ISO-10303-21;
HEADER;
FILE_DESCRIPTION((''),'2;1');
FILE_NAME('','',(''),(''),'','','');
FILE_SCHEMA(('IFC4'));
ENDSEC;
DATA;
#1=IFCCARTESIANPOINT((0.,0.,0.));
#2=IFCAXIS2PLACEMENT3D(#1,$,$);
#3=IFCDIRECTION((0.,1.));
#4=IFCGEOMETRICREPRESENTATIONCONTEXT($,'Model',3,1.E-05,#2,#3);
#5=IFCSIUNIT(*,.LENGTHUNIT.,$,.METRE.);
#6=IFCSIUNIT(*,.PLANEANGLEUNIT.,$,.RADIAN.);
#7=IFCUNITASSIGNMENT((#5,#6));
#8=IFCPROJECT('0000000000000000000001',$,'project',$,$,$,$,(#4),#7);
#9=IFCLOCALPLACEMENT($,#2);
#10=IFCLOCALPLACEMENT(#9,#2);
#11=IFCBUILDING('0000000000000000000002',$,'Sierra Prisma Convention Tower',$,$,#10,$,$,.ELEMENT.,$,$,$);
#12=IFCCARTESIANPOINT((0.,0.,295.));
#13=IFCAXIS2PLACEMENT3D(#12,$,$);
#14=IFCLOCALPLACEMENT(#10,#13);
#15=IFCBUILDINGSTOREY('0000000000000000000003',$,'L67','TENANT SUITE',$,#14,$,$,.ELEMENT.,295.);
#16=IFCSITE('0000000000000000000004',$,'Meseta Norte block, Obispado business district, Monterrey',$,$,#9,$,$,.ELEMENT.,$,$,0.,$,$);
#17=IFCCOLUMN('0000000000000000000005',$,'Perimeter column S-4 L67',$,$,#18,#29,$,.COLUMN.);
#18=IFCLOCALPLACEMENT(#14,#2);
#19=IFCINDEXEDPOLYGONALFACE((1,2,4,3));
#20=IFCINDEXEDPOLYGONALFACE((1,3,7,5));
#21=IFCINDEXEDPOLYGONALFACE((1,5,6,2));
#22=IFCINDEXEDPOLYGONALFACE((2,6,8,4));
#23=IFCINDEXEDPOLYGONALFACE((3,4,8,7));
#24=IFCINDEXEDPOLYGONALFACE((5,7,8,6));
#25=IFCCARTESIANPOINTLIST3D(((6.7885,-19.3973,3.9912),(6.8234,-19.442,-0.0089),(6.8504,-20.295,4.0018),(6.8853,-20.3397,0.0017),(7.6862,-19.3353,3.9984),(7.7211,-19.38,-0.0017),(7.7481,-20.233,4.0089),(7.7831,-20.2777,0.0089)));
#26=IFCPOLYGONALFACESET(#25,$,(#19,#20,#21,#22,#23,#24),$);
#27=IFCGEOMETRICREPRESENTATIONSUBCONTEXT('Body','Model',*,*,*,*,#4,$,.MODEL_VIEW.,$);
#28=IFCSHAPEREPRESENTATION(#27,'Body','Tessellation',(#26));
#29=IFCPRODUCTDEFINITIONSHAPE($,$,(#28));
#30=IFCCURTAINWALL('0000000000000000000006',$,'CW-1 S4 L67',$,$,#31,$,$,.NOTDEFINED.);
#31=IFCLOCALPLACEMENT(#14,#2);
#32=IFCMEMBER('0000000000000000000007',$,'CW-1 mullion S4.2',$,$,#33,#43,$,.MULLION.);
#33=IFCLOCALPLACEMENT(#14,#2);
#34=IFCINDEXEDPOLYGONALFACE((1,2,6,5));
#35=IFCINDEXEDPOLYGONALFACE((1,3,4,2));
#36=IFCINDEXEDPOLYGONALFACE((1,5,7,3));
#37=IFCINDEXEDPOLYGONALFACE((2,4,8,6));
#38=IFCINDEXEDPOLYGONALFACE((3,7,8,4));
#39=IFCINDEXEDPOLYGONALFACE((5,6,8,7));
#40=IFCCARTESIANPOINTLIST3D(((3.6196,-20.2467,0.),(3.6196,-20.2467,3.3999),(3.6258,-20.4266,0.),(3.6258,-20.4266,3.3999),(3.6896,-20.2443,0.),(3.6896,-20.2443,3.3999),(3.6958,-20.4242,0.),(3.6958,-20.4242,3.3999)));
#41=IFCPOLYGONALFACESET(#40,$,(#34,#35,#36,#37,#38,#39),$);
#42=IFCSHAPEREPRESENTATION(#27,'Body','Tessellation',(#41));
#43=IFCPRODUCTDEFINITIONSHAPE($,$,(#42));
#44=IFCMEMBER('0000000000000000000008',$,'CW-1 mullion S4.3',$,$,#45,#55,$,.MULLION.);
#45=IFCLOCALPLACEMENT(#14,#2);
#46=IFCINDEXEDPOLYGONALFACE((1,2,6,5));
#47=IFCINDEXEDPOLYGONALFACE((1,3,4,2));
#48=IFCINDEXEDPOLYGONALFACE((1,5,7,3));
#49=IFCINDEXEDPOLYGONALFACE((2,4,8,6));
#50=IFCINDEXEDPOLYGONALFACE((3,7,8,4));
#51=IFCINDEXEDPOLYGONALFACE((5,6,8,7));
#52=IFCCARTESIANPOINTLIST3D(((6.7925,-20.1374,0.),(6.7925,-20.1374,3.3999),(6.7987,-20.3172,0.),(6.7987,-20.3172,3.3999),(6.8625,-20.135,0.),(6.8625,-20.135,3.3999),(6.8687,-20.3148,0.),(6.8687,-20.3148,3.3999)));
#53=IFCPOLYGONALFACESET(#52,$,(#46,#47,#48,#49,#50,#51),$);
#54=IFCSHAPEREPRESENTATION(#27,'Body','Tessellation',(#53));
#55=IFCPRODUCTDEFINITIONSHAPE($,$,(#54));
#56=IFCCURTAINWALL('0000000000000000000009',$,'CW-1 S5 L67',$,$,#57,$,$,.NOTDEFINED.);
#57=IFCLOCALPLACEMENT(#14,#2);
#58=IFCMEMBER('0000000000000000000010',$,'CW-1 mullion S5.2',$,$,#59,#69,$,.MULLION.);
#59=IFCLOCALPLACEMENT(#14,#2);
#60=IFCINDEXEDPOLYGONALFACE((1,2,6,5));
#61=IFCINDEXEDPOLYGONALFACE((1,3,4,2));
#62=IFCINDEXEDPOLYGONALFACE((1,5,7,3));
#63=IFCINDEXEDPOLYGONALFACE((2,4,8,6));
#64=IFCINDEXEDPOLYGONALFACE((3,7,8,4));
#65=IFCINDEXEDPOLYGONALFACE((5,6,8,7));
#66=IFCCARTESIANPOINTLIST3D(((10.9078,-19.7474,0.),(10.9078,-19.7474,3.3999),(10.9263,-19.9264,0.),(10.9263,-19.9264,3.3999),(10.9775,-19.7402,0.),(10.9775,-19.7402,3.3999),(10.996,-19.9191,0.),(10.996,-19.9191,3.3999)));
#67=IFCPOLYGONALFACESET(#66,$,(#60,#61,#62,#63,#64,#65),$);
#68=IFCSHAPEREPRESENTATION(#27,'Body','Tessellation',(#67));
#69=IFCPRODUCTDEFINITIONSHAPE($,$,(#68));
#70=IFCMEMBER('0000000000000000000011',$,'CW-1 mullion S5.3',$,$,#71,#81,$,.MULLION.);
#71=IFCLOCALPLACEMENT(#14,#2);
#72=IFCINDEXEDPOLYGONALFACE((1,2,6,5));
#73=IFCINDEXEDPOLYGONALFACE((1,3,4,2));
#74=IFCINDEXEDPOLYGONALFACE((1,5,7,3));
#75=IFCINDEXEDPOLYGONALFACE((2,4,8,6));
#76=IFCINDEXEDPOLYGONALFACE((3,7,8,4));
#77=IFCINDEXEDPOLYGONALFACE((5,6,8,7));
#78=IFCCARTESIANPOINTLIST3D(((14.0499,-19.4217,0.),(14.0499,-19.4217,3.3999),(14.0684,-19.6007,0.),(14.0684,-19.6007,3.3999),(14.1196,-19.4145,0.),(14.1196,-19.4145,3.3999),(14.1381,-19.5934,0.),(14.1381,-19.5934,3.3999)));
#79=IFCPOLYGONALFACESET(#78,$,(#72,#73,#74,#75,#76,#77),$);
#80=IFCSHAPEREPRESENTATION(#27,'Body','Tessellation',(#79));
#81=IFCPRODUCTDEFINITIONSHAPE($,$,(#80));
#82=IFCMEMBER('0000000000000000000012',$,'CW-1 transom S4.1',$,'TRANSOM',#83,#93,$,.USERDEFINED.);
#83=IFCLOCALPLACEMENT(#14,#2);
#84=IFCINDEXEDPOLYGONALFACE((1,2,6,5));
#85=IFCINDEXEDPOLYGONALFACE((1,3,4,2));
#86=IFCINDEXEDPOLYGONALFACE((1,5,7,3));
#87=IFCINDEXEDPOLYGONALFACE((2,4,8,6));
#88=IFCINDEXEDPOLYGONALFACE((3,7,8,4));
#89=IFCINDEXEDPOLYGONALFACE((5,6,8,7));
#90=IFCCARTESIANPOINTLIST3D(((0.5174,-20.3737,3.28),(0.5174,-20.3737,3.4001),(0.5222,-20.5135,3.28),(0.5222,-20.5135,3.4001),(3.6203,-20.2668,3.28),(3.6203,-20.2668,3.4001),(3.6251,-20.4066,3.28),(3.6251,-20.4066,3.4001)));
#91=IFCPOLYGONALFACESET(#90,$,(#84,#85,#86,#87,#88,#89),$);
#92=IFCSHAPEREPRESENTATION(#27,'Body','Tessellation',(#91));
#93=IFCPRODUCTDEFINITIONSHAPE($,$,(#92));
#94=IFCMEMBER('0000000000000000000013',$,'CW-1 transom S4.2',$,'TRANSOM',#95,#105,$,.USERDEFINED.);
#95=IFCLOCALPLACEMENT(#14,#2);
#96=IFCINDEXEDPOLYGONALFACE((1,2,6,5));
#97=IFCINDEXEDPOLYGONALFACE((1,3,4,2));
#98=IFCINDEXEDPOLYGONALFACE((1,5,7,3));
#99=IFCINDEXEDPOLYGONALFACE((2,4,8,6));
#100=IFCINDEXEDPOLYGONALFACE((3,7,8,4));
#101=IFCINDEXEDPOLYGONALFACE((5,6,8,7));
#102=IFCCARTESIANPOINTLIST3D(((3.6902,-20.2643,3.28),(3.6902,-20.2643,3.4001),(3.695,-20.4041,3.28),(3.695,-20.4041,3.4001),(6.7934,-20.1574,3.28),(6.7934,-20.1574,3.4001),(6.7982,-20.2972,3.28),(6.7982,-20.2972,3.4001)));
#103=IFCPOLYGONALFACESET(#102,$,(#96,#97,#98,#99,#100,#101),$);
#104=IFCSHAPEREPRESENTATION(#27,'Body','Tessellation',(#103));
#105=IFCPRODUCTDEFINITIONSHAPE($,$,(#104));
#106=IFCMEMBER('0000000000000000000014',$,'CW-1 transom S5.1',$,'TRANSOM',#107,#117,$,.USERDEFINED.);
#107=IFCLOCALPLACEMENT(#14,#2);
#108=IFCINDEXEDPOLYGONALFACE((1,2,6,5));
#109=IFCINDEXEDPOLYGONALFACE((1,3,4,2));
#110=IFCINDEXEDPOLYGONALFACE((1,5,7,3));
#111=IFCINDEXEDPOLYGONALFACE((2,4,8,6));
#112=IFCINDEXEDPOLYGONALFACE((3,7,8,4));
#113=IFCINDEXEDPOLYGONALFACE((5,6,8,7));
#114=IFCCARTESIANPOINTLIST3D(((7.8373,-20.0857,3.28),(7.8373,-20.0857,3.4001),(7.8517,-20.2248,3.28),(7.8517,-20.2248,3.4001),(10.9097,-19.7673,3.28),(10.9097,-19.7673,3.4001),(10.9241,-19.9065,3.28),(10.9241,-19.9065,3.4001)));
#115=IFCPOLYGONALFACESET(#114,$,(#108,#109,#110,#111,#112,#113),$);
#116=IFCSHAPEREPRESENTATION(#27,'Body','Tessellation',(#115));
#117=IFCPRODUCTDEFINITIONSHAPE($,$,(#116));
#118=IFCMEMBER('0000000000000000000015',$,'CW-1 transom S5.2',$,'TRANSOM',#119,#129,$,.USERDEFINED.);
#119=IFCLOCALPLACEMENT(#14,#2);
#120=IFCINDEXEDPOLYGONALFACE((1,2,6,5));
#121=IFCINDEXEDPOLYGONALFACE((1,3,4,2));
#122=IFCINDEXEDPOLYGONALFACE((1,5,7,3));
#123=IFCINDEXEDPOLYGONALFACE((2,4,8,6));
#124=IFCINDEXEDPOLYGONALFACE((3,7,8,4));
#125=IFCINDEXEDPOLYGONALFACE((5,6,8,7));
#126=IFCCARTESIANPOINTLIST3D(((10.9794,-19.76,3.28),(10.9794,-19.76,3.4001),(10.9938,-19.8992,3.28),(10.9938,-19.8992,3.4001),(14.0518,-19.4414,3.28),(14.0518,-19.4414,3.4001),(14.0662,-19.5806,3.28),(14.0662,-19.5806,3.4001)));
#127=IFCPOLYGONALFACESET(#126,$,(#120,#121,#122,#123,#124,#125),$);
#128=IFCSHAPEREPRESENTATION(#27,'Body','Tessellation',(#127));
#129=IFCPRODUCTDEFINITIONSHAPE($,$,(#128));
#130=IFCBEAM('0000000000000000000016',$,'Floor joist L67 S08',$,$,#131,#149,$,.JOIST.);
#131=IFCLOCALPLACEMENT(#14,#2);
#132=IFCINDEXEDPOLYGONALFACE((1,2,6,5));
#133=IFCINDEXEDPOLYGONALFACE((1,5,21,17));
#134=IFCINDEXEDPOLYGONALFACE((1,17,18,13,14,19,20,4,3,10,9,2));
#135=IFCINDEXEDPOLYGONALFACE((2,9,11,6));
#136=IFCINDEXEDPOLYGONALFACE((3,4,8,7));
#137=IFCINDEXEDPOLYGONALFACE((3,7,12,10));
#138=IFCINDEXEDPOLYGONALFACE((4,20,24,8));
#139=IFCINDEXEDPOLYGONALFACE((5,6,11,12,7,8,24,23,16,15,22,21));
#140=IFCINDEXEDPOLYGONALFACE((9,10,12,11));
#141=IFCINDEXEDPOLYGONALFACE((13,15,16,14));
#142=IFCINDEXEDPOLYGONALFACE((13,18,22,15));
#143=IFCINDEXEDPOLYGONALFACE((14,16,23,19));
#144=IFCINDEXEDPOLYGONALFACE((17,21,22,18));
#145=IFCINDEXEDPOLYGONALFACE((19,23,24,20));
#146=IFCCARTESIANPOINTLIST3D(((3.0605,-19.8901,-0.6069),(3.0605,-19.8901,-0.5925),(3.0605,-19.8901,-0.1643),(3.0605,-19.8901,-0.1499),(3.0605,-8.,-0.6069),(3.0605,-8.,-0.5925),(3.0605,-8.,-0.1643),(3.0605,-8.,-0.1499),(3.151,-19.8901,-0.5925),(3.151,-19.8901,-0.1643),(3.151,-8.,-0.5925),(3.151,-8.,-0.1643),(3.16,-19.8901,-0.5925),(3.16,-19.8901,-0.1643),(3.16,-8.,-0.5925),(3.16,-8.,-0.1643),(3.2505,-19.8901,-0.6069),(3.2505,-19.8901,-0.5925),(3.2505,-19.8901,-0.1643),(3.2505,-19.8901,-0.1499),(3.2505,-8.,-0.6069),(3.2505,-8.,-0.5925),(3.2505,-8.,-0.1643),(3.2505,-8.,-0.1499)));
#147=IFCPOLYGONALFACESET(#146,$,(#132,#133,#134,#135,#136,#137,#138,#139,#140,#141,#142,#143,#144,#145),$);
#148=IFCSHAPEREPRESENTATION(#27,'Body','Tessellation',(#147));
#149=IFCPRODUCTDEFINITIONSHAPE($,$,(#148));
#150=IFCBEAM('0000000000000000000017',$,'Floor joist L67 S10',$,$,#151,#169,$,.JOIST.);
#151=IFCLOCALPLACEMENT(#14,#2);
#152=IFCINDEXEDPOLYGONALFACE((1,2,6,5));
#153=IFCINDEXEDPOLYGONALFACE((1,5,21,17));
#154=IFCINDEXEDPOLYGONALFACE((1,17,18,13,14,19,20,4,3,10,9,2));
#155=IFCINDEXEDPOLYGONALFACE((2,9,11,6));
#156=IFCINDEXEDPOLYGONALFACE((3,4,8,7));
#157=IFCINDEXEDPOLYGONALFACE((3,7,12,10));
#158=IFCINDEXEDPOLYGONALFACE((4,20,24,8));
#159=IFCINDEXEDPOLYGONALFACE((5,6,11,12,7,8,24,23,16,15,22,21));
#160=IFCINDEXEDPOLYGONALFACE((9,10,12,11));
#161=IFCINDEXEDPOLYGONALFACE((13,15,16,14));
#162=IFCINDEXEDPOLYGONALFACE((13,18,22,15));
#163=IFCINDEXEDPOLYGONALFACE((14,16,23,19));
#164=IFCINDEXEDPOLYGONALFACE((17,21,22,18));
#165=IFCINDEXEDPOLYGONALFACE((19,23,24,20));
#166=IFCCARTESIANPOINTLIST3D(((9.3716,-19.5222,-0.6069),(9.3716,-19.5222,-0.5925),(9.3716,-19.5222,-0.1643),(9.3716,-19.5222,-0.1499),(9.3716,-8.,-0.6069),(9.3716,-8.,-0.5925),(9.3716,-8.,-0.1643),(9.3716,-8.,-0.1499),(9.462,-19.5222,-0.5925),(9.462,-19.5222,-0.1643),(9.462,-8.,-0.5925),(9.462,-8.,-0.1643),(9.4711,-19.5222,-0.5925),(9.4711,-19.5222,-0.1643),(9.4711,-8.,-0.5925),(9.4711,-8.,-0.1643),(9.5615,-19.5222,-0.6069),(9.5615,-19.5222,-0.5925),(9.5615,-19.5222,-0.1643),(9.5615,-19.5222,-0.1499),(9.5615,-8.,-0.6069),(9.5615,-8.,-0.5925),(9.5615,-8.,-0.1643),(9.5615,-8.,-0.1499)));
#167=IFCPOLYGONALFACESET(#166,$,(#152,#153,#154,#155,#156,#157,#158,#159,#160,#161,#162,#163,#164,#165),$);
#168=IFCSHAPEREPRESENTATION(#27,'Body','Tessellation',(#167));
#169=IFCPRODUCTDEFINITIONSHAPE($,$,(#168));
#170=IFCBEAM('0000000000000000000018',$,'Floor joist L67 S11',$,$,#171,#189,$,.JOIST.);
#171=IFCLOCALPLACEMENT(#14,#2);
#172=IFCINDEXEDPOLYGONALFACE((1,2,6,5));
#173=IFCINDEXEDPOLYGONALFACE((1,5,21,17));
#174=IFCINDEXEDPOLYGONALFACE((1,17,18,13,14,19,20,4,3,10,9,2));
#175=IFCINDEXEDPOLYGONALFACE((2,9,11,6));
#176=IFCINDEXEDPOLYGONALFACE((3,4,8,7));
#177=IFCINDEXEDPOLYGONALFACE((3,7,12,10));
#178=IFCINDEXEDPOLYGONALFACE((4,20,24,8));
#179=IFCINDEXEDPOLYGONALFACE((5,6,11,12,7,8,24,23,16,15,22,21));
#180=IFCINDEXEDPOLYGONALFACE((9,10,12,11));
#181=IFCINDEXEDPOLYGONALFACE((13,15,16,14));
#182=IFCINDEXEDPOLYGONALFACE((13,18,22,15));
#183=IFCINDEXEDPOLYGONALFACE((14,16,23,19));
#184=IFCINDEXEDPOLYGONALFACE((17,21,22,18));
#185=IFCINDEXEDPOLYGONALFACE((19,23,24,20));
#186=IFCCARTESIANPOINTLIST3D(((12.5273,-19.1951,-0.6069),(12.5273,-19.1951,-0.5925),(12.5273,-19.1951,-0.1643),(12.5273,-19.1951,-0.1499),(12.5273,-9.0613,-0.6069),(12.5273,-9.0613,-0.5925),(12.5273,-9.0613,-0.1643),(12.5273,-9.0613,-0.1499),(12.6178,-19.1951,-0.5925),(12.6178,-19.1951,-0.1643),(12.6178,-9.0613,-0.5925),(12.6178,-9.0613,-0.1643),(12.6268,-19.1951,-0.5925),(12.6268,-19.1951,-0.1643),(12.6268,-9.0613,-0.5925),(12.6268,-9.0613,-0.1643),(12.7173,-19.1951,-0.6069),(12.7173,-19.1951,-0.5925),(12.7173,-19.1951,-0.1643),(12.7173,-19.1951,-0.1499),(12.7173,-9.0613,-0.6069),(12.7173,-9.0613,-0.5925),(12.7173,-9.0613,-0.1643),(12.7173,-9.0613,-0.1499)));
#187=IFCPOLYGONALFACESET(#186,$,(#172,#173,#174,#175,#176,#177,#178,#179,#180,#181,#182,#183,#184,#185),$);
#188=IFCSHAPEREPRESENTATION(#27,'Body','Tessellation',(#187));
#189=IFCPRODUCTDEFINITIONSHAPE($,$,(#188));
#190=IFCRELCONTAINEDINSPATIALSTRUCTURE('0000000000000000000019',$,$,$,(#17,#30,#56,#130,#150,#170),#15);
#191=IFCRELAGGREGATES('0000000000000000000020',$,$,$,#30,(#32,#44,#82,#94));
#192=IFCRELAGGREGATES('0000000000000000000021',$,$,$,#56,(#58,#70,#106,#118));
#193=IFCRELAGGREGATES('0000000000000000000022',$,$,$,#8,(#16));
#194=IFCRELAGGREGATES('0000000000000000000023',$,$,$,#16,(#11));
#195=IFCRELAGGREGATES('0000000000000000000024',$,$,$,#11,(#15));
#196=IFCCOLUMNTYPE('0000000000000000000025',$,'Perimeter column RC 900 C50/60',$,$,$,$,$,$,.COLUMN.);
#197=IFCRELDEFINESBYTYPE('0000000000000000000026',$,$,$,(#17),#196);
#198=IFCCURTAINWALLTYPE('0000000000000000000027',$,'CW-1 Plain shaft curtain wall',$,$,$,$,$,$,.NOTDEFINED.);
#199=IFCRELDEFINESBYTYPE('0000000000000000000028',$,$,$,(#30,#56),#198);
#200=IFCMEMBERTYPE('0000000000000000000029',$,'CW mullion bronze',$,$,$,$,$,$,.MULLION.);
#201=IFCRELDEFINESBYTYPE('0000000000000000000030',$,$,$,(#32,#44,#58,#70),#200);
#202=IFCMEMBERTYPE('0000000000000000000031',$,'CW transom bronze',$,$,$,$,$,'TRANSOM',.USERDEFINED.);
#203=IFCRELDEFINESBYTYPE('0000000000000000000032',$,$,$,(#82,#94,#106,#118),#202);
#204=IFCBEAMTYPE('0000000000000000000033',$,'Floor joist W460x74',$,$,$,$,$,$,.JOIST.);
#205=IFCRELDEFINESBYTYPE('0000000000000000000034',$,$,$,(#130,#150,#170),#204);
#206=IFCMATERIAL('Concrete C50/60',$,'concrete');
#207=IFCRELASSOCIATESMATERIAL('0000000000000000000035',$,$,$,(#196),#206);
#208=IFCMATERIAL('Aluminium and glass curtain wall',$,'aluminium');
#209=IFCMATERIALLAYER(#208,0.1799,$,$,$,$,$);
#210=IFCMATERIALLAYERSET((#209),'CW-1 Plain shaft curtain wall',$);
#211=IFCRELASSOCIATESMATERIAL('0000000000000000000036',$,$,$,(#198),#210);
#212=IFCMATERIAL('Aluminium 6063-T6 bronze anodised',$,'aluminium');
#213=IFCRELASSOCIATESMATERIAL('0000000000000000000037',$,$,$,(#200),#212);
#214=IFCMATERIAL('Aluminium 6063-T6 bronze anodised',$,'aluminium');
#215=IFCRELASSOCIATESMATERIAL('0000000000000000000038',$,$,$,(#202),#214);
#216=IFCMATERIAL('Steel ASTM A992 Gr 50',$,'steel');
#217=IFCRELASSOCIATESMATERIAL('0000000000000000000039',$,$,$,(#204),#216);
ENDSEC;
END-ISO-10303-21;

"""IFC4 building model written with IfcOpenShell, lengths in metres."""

from ifc_helpers import new_model, si_unit, direction, frame, origin, origin_2d, place, context, subcontext, project, spatial, rectangle, i_section, extrude, material, layer, layer_set, material_profile, profile_set, type_object, element, aggregate, save


model = new_model("IFC4")

# Units and contexts
model_context = context("Model", 3, precision=1e-05, world=origin(), true_north=direction((0.0, 1.0)))
body_context = subcontext(model_context, "Body", "Model", "MODEL_VIEW")
ifc_project = project(units=[si_unit("LENGTHUNIT", "METRE"), si_unit("PLANEANGLEUNIT", "RADIAN")], contexts=[model_context])

# Site, building, storey
site_placement = place(None, origin())
site = spatial("IfcSite", under=ifc_project, at=site_placement, Name="Meseta Norte block, Obispado business district, Monterrey", CompositionType="ELEMENT", RefElevation=0.0)
building_placement = place(site_placement, origin())
building = spatial("IfcBuilding", under=site, at=building_placement, Name="Sierra Prisma Convention Tower", CompositionType="ELEMENT")
storey_placement = place(building_placement, frame((0.0, 0.0, 295.0)))
storey = spatial("IfcBuildingStorey", under=building, at=storey_placement, Name="L67", Description="TENANT SUITE", CompositionType="ELEMENT", Elevation=295.0)

# Column
ifc_material_1 = material(Name="Concrete C50/60", Category="concrete")
ifc_material_profile_1 = material_profile(ifc_material_1, rectangle(XDim=0.8999, YDim=0.8999, at=origin_2d()), Name="Perimeter column RC 900 C50/60")
ifc_profile_set_1 = profile_set([ifc_material_profile_1], Name="Concrete C50/60")
column_type = type_object("IfcColumnType", Name="Perimeter column RC 900 C50/60", PredefinedType="COLUMN", material=ifc_profile_set_1)
column_placement = place(storey_placement, frame((7.3032, -19.8599, 0.0), z_axis=(-0.008727, 0.011168, 0.9999), x_axis=(0.997591, 0.068909, 0.007937)))
element("IfcColumn", 1, at=column_placement, inside=storey, type_object=column_type, Name="Perimeter column S-4 L67", PredefinedType="COLUMN", context=body_context, shape_type="SweptSolid", body=[
    extrude(rectangle(XDim=0.8999, YDim=0.8999, at=origin_2d()), origin(), (0.0, 0.0, 1.0), 4.0005),
])

# Curtain walls, members
ifc_material_2 = material(Name="Aluminium and glass curtain wall", Category="aluminium")
ifc_layer_1 = layer(ifc_material_2, 0.1799)
ifc_layer_set_1 = layer_set([ifc_layer_1], Name="CW-1 Plain shaft curtain wall")
curtain_wall_type = type_object("IfcCurtainWallType", Name="CW-1 Plain shaft curtain wall", PredefinedType="NOTDEFINED", material=ifc_layer_set_1)
curtain_wall_1_placement = place(storey_placement, origin())
curtain_wall_1 = element("IfcCurtainWall", 2, at=curtain_wall_1_placement, inside=storey, type_object=curtain_wall_type, Name="CW-1 S4 L67", PredefinedType="NOTDEFINED")
ifc_material_3 = material(Name="Aluminium 6063-T6 bronze anodised", Category="aluminium")
ifc_material_profile_2 = material_profile(ifc_material_3, rectangle(XDim=0.1799, YDim=0.0701, at=origin_2d()), Name="ALU MULLION 70x180")
ifc_profile_set_2 = profile_set([ifc_material_profile_2], Name="Aluminium 6063-T6 bronze anodised")
member_type_1 = type_object("IfcMemberType", Name="CW mullion bronze", PredefinedType="MULLION", material=ifc_profile_set_2)
member_1_placement = place(storey_placement, frame((3.6577, -20.3354, 0.0), z_axis=(0.0, 0.0, 1.0), x_axis=(-0.034428, 0.999407, 0.0)))
member_1 = element("IfcMember", 3, at=member_1_placement, type_object=member_type_1, Name="CW-1 mullion S4.2", PredefinedType="MULLION", context=body_context, shape_type="SweptSolid", body=[
    extrude(rectangle(XDim=0.1799, YDim=0.0701, at=origin_2d()), origin(), (0.0, 0.0, 1.0), 3.3999),
])
member_2_placement = place(storey_placement, frame((6.8306, -20.2261, 0.0), z_axis=(0.0, 0.0, 1.0), x_axis=(-0.034428, 0.999407, 0.0)))
member_2 = element("IfcMember", 4, at=member_2_placement, type_object=member_type_1, Name="CW-1 mullion S4.3", PredefinedType="MULLION", context=body_context, shape_type="SweptSolid", body=[
    extrude(rectangle(XDim=0.1799, YDim=0.0701, at=origin_2d()), origin(), (0.0, 0.0, 1.0), 3.3999),
])
curtain_wall_2_placement = place(storey_placement, origin())
curtain_wall_2 = element("IfcCurtainWall", 5, at=curtain_wall_2_placement, inside=storey, type_object=curtain_wall_type, Name="CW-1 S5 L67", PredefinedType="NOTDEFINED")
member_3_placement = place(storey_placement, frame((10.9519, -19.8333, 0.0), z_axis=(0.0, 0.0, 1.0), x_axis=(-0.103122, 0.994669, 0.0)))
member_3 = element("IfcMember", 6, at=member_3_placement, type_object=member_type_1, Name="CW-1 mullion S5.2", PredefinedType="MULLION", context=body_context, shape_type="SweptSolid", body=[
    extrude(rectangle(XDim=0.1799, YDim=0.0701, at=origin_2d()), origin(), (0.0, 0.0, 1.0), 3.3999),
])
member_4_placement = place(storey_placement, frame((14.094, -19.5076, 0.0), z_axis=(0.0, 0.0, 1.0), x_axis=(-0.103122, 0.994669, 0.0)))
member_4 = element("IfcMember", 7, at=member_4_placement, type_object=member_type_1, Name="CW-1 mullion S5.3", PredefinedType="MULLION", context=body_context, shape_type="SweptSolid", body=[
    extrude(rectangle(XDim=0.1799, YDim=0.0701, at=origin_2d()), origin(), (0.0, 0.0, 1.0), 3.3999),
])

# Members
ifc_material_4 = material(Name="Aluminium 6063-T6 bronze anodised", Category="aluminium")
ifc_material_profile_3 = material_profile(ifc_material_4, rectangle(XDim=0.1399, YDim=0.1201, at=origin_2d()), Name="ALU TRANSOM 120x140")
ifc_profile_set_3 = profile_set([ifc_material_profile_3], Name="Aluminium 6063-T6 bronze anodised")
member_type_2 = type_object("IfcMemberType", Name="CW transom bronze", ElementType="TRANSOM", PredefinedType="USERDEFINED", material=ifc_profile_set_3)
member_5_placement = place(storey_placement, frame((0.5198, -20.4436, 3.3401), z_axis=(0.999407, 0.034443, 0.0), x_axis=(-0.034443, 0.999407, 0.0)))
member_5 = element("IfcMember", 8, at=member_5_placement, type_object=member_type_2, Name="CW-1 transom S4.1", ObjectType="TRANSOM", PredefinedType="USERDEFINED", context=body_context, shape_type="SweptSolid", body=[
    extrude(rectangle(XDim=0.1399, YDim=0.1201, at=origin_2d()), origin(), (0.0, 0.0, 1.0), 3.1047),
])
member_6_placement = place(storey_placement, frame((3.6926, -20.3342, 3.3401), z_axis=(0.999407, 0.034441, 0.0), x_axis=(-0.034441, 0.999407, 0.0)))
member_6 = element("IfcMember", 9, at=member_6_placement, type_object=member_type_2, Name="CW-1 transom S4.2", ObjectType="TRANSOM", PredefinedType="USERDEFINED", context=body_context, shape_type="SweptSolid", body=[
    extrude(rectangle(XDim=0.1399, YDim=0.1201, at=origin_2d()), origin(), (0.0, 0.0, 1.0), 3.105),
])
member_7_placement = place(storey_placement, frame((7.8445, -20.1553, 3.3401), z_axis=(0.994675, 0.103064, 0.0), x_axis=(-0.103064, 0.994675, 0.0)))
member_7 = element("IfcMember", 10, at=member_7_placement, type_object=member_type_2, Name="CW-1 transom S5.1", ObjectType="TRANSOM", PredefinedType="USERDEFINED", context=body_context, shape_type="SweptSolid", body=[
    extrude(rectangle(XDim=0.1399, YDim=0.1201, at=origin_2d()), origin(), (0.0, 0.0, 1.0), 3.0889),
])
member_8_placement = place(storey_placement, frame((10.9866, -19.8296, 3.3401), z_axis=(0.994667, 0.103142, 0.0), x_axis=(-0.103142, 0.994667, 0.0)))
member_8 = element("IfcMember", 11, at=member_8_placement, type_object=member_type_2, Name="CW-1 transom S5.2", ObjectType="TRANSOM", PredefinedType="USERDEFINED", context=body_context, shape_type="SweptSolid", body=[
    extrude(rectangle(XDim=0.1399, YDim=0.1201, at=origin_2d()), origin(), (0.0, 0.0, 1.0), 3.0889),
])

# Beams
ifc_material_5 = material(Name="Steel ASTM A992 Gr 50", Category="steel")
ifc_material_profile_4 = material_profile(ifc_material_5, i_section(OverallWidth=0.1899, OverallDepth=0.457, WebThickness=0.009, FlangeThickness=0.0144, at=origin_2d()), Name="W460x74")
ifc_profile_set_4 = profile_set([ifc_material_profile_4], Name="Steel ASTM A992 Gr 50")
beam_type_1 = type_object("IfcBeamType", Name="Floor joist W460x74", PredefinedType="JOIST", material=ifc_profile_set_4)
beam_1_placement = place(storey_placement, frame((3.1555, -19.8901, -0.3784), z_axis=(0.0, 1.0, 0.0), x_axis=(-1.0, 0.0, 0.0)))
element("IfcBeam", 12, at=beam_1_placement, inside=storey, type_object=beam_type_1, Name="Floor joist L67 S08", PredefinedType="JOIST", context=body_context, shape_type="SweptSolid", body=[
    extrude(i_section(OverallWidth=0.1899, OverallDepth=0.457, WebThickness=0.009, FlangeThickness=0.0144, at=origin_2d()), origin(), (0.0, 0.0, 1.0), 11.8901),
])
beam_2_placement = place(storey_placement, frame((9.4666, -19.5222, -0.3784), z_axis=(0.0, 1.0, 0.0), x_axis=(-1.0, 0.0, 0.0)))
element("IfcBeam", 13, at=beam_2_placement, inside=storey, type_object=beam_type_1, Name="Floor joist L67 S10", PredefinedType="JOIST", context=body_context, shape_type="SweptSolid", body=[
    extrude(i_section(OverallWidth=0.1899, OverallDepth=0.457, WebThickness=0.009, FlangeThickness=0.0144, at=origin_2d()), origin(), (0.0, 0.0, 1.0), 11.5222),
])
beam_3_placement = place(storey_placement, frame((12.6223, -19.1951, -0.3784), z_axis=(0.0, 1.0, 0.0), x_axis=(-1.0, 0.0, 0.0)))
element("IfcBeam", 14, at=beam_3_placement, inside=storey, type_object=beam_type_1, Name="Floor joist L67 S11", PredefinedType="JOIST", context=body_context, shape_type="SweptSolid", body=[
    extrude(i_section(OverallWidth=0.1899, OverallDepth=0.457, WebThickness=0.009, FlangeThickness=0.0144, at=origin_2d()), origin(), (0.0, 0.0, 1.0), 10.1338),
])

aggregate(curtain_wall_1, [member_1, member_2, member_5, member_6])
aggregate(curtain_wall_2, [member_3, member_4, member_7, member_8])

save(model, "model.ifc")
